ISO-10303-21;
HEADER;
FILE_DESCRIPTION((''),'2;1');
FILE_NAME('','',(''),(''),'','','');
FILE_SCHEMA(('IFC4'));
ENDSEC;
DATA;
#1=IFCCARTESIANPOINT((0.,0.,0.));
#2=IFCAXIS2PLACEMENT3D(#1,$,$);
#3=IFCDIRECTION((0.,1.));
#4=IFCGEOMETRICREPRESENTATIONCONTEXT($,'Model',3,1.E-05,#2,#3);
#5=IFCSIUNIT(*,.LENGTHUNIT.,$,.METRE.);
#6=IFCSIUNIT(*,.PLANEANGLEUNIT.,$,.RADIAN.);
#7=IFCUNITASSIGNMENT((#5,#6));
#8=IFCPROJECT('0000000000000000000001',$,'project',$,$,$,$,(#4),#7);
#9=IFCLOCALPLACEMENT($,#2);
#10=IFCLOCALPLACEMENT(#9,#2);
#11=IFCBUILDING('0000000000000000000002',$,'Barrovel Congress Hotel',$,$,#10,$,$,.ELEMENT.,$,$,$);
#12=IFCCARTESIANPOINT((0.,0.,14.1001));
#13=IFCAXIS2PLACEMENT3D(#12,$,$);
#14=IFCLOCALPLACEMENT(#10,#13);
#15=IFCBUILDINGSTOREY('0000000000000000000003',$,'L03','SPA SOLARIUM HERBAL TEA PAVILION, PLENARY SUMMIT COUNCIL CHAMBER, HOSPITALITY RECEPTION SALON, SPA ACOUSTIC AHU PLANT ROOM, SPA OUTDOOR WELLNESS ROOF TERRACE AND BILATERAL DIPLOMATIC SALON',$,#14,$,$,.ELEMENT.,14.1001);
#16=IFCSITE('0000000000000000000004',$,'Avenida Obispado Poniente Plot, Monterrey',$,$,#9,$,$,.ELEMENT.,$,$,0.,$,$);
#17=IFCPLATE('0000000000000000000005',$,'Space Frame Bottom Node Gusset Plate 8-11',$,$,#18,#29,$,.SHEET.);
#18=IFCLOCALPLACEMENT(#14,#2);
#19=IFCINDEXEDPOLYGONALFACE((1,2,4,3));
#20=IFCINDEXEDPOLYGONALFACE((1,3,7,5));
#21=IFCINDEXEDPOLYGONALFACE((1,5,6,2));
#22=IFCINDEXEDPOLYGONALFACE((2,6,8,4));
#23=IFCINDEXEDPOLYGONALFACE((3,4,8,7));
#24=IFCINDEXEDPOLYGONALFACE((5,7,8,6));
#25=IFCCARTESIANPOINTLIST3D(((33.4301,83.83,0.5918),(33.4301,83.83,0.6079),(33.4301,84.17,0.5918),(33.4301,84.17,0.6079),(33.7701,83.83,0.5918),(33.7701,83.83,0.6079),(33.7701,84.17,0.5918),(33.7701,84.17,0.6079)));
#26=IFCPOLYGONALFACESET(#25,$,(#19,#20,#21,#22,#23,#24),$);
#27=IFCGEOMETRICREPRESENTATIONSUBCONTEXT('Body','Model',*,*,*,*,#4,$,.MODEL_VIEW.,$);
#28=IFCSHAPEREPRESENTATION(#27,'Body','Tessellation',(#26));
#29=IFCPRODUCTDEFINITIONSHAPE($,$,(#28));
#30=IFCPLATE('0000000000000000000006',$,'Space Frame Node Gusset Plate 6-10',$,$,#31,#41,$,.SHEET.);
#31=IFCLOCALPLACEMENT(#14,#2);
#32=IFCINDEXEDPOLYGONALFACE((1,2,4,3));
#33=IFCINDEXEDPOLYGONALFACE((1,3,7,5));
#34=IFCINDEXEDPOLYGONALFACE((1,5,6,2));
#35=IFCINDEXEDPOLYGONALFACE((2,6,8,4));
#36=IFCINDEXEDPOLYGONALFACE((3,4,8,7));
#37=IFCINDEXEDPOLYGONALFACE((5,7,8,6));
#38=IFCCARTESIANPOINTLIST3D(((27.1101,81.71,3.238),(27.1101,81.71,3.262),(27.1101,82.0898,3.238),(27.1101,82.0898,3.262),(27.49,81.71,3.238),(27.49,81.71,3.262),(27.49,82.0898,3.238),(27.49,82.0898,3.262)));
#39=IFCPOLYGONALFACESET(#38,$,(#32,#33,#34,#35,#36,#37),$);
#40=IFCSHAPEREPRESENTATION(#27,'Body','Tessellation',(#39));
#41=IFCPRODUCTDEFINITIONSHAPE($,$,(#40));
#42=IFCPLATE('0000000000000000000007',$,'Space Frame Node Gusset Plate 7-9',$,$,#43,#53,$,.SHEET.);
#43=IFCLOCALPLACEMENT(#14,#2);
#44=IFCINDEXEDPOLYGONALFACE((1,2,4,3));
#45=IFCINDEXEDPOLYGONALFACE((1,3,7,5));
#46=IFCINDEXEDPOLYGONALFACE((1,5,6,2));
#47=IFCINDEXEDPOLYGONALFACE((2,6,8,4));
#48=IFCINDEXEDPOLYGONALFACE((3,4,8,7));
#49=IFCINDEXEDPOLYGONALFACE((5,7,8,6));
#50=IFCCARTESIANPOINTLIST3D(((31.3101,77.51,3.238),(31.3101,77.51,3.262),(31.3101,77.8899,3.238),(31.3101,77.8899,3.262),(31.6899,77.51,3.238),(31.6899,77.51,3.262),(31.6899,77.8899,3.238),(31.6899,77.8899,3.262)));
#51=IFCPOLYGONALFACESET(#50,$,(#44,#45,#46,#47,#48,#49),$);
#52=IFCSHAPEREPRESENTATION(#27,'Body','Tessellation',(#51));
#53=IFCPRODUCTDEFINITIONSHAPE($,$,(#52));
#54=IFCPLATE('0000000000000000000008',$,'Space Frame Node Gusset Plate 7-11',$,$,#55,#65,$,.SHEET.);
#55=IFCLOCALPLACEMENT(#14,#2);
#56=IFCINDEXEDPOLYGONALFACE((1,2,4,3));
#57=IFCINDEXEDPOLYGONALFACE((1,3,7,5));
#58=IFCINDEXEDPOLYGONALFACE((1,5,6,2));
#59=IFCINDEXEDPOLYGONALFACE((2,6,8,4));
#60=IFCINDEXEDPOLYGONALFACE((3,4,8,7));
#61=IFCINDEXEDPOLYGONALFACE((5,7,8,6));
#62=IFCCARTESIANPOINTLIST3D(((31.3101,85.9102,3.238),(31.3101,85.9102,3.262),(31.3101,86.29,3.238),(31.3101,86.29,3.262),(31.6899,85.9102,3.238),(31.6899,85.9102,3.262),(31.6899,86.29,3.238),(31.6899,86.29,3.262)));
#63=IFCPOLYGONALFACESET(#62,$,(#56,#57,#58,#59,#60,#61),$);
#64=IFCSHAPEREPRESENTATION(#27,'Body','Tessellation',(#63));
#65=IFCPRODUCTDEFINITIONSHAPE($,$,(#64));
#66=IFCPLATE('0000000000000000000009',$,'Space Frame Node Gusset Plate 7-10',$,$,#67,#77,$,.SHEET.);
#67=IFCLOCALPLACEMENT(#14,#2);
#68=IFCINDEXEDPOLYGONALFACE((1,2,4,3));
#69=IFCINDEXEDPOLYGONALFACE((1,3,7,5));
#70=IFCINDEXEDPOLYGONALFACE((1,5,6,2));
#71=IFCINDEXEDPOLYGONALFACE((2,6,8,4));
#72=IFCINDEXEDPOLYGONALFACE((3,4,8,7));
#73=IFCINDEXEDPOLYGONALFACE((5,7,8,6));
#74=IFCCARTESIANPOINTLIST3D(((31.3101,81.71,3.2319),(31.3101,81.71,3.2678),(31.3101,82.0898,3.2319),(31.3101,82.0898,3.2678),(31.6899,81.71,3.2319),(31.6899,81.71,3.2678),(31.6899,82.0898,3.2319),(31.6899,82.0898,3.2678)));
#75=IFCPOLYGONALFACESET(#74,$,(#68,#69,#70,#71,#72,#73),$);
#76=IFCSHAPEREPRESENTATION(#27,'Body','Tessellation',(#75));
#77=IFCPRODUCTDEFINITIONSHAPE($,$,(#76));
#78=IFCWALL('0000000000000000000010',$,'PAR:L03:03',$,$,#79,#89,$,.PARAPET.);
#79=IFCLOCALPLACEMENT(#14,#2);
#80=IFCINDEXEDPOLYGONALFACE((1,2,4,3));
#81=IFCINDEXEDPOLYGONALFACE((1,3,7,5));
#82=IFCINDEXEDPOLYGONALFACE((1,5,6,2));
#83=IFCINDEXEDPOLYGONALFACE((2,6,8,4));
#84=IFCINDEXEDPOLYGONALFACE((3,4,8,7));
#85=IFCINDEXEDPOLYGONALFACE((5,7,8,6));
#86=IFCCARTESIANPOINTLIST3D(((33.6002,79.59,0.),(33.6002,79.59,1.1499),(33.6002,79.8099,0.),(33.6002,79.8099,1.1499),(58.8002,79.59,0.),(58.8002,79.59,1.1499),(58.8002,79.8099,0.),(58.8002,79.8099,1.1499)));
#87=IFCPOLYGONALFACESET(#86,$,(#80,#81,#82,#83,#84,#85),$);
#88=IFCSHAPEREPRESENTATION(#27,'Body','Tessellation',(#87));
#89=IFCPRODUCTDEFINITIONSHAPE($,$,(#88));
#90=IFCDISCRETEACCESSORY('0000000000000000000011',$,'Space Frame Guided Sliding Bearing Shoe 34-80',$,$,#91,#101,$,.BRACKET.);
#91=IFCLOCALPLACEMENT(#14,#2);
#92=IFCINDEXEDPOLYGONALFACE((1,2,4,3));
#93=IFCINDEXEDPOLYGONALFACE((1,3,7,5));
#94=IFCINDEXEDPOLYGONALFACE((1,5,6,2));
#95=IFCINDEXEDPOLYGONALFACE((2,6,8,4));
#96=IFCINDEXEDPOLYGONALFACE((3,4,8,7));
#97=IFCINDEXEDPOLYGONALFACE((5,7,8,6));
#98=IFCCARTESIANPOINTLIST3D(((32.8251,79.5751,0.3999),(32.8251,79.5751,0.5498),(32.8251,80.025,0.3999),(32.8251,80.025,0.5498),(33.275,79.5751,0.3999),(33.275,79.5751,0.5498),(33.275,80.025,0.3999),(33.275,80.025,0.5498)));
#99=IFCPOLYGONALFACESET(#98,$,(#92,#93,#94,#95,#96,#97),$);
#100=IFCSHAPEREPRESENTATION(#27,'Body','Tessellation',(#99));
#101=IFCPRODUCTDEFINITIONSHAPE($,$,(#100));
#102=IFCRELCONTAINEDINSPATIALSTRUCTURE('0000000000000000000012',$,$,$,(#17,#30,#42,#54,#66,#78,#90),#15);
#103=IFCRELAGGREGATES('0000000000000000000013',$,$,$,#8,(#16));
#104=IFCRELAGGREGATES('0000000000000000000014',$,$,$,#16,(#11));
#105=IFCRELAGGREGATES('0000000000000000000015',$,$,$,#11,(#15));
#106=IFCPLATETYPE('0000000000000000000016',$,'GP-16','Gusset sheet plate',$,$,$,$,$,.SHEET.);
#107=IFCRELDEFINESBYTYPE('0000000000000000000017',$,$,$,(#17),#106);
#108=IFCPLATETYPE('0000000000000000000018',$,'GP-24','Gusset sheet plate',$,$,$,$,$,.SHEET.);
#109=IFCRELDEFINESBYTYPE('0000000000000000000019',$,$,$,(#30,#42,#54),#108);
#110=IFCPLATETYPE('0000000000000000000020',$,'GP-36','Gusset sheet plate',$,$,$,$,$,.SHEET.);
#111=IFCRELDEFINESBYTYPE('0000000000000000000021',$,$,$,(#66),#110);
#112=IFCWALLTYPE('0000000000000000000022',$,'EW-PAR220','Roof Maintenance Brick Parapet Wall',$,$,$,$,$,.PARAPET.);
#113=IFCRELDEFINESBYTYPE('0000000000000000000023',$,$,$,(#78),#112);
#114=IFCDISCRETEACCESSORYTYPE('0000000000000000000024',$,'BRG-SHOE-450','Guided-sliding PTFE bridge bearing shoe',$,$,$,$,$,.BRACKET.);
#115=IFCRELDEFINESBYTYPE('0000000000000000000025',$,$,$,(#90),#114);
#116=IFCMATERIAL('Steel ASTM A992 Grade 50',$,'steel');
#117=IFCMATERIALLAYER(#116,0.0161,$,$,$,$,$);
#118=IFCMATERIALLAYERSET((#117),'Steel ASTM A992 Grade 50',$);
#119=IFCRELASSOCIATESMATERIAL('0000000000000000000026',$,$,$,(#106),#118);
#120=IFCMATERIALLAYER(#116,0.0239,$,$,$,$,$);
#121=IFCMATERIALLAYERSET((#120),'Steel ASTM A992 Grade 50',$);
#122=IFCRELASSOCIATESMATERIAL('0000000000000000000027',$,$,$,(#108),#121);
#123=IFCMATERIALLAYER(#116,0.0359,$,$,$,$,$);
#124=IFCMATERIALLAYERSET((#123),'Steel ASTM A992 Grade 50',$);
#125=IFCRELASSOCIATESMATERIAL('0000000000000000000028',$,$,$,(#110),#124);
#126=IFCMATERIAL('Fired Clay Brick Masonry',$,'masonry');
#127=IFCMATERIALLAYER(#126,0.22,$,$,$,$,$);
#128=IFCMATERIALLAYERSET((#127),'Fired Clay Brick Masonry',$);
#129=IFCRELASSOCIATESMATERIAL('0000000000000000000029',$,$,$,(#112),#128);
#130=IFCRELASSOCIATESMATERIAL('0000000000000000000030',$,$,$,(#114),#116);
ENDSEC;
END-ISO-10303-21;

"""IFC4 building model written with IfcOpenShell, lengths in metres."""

from ifc_helpers import new_model, si_unit, direction, frame, frame_2d, origin, origin_2d, place, context, subcontext, project, spatial, rectangle, extrude, material, layer, layer_set, type_object, element, save


model = new_model("IFC4")

# Units and contexts
model_context = context("Model", 3, precision=1e-05, world=origin(), true_north=direction((0.0, 1.0)))
body_context = subcontext(model_context, "Body", "Model", "MODEL_VIEW")
ifc_project = project(units=[si_unit("LENGTHUNIT", "METRE"), si_unit("PLANEANGLEUNIT", "RADIAN")], contexts=[model_context])

# Site, building, storey
site_placement = place(None, origin())
site = spatial("IfcSite", under=ifc_project, at=site_placement, Name="Avenida Obispado Poniente Plot, Monterrey", CompositionType="ELEMENT", RefElevation=0.0)
building_placement = place(site_placement, origin())
building = spatial("IfcBuilding", under=site, at=building_placement, Name="Barrovel Congress Hotel", CompositionType="ELEMENT")
storey_placement = place(building_placement, frame((0.0, 0.0, 14.1001)))
storey = spatial("IfcBuildingStorey", under=building, at=storey_placement, Name="L03", Description="SPA SOLARIUM HERBAL TEA PAVILION, PLENARY SUMMIT COUNCIL CHAMBER, HOSPITALITY RECEPTION SALON, SPA ACOUSTIC AHU PLANT ROOM, SPA OUTDOOR WELLNESS ROOF TERRACE AND BILATERAL DIPLOMATIC SALON", CompositionType="ELEMENT", Elevation=14.1001)

# Shared definitions
ifc_material_1 = material(Name="Steel ASTM A992 Grade 50", Category="steel")

# Plates
ifc_layer_1 = layer(ifc_material_1, 0.0161)
ifc_layer_set_1 = layer_set([ifc_layer_1], Name="Steel ASTM A992 Grade 50")
plate_type_1 = type_object("IfcPlateType", Name="GP-16", Description="Gusset sheet plate", PredefinedType="SHEET", material=ifc_layer_set_1)
for number, where, z_axis, x_axis, name in (
    (1, (33.6001, 84.0, 0.5918), (0.0, 0.0, 1.0), (1.0, 0.0, 0.0), "Space Frame Bottom Node Gusset Plate 8-11"),
):
    element("IfcPlate", number, at=place(storey_placement, frame(where, z_axis=z_axis, x_axis=x_axis)), inside=storey, type_object=plate_type_1, Name=name, PredefinedType="SHEET", context=body_context, shape_type="SweptSolid", body=[
        extrude(rectangle(XDim=0.3401, YDim=0.3401, at=origin_2d()), origin(), (0.0, 0.0, 1.0), 0.0161),
    ])
ifc_layer_2 = layer(ifc_material_1, 0.0239)
ifc_layer_set_2 = layer_set([ifc_layer_2], Name="Steel ASTM A992 Grade 50")
plate_type_2 = type_object("IfcPlateType", Name="GP-24", Description="Gusset sheet plate", PredefinedType="SHEET", material=ifc_layer_set_2)
for number, where, z_axis, x_axis, name in (
    (2, (27.3, 81.8999, 3.238), (0.0, 0.0, 1.0), (1.0, 0.0, 0.0), "Space Frame Node Gusset Plate 6-10"),
    (3, (31.5, 77.7, 3.238), (0.0, 0.0, 1.0), (1.0, 0.0, 0.0), "Space Frame Node Gusset Plate 7-9"),
    (4, (31.5, 86.1001, 3.238), (0.0, 0.0, 1.0), (1.0, 0.0, 0.0), "Space Frame Node Gusset Plate 7-11"),
):
    element("IfcPlate", number, at=place(storey_placement, frame(where, z_axis=z_axis, x_axis=x_axis)), inside=storey, type_object=plate_type_2, Name=name, PredefinedType="SHEET", context=body_context, shape_type="SweptSolid", body=[
        extrude(rectangle(XDim=0.3799, YDim=0.3799, at=origin_2d()), origin(), (0.0, 0.0, 1.0), 0.0239),
    ])
ifc_layer_3 = layer(ifc_material_1, 0.0359)
ifc_layer_set_3 = layer_set([ifc_layer_3], Name="Steel ASTM A992 Grade 50")
plate_type_3 = type_object("IfcPlateType", Name="GP-36", Description="Gusset sheet plate", PredefinedType="SHEET", material=ifc_layer_set_3)
plate_placement = place(storey_placement, frame((31.5, 81.8999, 3.2319), z_axis=(0.0, 0.0, 1.0), x_axis=(1.0, 0.0, 0.0)))
element("IfcPlate", 5, at=plate_placement, inside=storey, type_object=plate_type_3, Name="Space Frame Node Gusset Plate 7-10", PredefinedType="SHEET", context=body_context, shape_type="SweptSolid", body=[
    extrude(rectangle(XDim=0.3799, YDim=0.3799, at=origin_2d()), origin(), (0.0, 0.0, 1.0), 0.0359),
])

# Wall
ifc_material_2 = material(Name="Fired Clay Brick Masonry", Category="masonry")
ifc_layer_4 = layer(ifc_material_2, 0.22)
ifc_layer_set_4 = layer_set([ifc_layer_4], Name="Fired Clay Brick Masonry")
wall_type = type_object("IfcWallType", Name="EW-PAR220", Description="Roof Maintenance Brick Parapet Wall", PredefinedType="PARAPET", material=ifc_layer_set_4)
wall_placement = place(storey_placement, frame((33.6001, 79.7, 0.0), z_axis=(0.0, 0.0, 1.0), x_axis=(1.0, 0.0, 0.0)))
element("IfcWall", 6, at=wall_placement, inside=storey, type_object=wall_type, Name="PAR:L03:03", PredefinedType="PARAPET", context=body_context, shape_type="SweptSolid", body=[
    extrude(rectangle(XDim=25.2, YDim=0.22, at=frame_2d((12.6001, 0.0))), origin(), (0.0, 0.0, 1.0), 1.1499),
])

# Discrete accessory
discrete_accessory_type = type_object("IfcDiscreteAccessoryType", Name="BRG-SHOE-450", Description="Guided-sliding PTFE bridge bearing shoe", PredefinedType="BRACKET", material=ifc_material_1)
discrete_accessory_placement = place(storey_placement, frame((33.05, 79.8, 0.3999), z_axis=(0.0, 0.0, 1.0), x_axis=(1.0, 0.0, 0.0)))
element("IfcDiscreteAccessory", 7, at=discrete_accessory_placement, inside=storey, type_object=discrete_accessory_type, Name="Space Frame Guided Sliding Bearing Shoe 34-80", PredefinedType="BRACKET", context=body_context, shape_type="SweptSolid", body=[
    extrude(rectangle(XDim=0.45, YDim=0.45, at=origin_2d()), origin(), (0.0, 0.0, 1.0), 0.1499),
])

save(model, "model.ifc")
